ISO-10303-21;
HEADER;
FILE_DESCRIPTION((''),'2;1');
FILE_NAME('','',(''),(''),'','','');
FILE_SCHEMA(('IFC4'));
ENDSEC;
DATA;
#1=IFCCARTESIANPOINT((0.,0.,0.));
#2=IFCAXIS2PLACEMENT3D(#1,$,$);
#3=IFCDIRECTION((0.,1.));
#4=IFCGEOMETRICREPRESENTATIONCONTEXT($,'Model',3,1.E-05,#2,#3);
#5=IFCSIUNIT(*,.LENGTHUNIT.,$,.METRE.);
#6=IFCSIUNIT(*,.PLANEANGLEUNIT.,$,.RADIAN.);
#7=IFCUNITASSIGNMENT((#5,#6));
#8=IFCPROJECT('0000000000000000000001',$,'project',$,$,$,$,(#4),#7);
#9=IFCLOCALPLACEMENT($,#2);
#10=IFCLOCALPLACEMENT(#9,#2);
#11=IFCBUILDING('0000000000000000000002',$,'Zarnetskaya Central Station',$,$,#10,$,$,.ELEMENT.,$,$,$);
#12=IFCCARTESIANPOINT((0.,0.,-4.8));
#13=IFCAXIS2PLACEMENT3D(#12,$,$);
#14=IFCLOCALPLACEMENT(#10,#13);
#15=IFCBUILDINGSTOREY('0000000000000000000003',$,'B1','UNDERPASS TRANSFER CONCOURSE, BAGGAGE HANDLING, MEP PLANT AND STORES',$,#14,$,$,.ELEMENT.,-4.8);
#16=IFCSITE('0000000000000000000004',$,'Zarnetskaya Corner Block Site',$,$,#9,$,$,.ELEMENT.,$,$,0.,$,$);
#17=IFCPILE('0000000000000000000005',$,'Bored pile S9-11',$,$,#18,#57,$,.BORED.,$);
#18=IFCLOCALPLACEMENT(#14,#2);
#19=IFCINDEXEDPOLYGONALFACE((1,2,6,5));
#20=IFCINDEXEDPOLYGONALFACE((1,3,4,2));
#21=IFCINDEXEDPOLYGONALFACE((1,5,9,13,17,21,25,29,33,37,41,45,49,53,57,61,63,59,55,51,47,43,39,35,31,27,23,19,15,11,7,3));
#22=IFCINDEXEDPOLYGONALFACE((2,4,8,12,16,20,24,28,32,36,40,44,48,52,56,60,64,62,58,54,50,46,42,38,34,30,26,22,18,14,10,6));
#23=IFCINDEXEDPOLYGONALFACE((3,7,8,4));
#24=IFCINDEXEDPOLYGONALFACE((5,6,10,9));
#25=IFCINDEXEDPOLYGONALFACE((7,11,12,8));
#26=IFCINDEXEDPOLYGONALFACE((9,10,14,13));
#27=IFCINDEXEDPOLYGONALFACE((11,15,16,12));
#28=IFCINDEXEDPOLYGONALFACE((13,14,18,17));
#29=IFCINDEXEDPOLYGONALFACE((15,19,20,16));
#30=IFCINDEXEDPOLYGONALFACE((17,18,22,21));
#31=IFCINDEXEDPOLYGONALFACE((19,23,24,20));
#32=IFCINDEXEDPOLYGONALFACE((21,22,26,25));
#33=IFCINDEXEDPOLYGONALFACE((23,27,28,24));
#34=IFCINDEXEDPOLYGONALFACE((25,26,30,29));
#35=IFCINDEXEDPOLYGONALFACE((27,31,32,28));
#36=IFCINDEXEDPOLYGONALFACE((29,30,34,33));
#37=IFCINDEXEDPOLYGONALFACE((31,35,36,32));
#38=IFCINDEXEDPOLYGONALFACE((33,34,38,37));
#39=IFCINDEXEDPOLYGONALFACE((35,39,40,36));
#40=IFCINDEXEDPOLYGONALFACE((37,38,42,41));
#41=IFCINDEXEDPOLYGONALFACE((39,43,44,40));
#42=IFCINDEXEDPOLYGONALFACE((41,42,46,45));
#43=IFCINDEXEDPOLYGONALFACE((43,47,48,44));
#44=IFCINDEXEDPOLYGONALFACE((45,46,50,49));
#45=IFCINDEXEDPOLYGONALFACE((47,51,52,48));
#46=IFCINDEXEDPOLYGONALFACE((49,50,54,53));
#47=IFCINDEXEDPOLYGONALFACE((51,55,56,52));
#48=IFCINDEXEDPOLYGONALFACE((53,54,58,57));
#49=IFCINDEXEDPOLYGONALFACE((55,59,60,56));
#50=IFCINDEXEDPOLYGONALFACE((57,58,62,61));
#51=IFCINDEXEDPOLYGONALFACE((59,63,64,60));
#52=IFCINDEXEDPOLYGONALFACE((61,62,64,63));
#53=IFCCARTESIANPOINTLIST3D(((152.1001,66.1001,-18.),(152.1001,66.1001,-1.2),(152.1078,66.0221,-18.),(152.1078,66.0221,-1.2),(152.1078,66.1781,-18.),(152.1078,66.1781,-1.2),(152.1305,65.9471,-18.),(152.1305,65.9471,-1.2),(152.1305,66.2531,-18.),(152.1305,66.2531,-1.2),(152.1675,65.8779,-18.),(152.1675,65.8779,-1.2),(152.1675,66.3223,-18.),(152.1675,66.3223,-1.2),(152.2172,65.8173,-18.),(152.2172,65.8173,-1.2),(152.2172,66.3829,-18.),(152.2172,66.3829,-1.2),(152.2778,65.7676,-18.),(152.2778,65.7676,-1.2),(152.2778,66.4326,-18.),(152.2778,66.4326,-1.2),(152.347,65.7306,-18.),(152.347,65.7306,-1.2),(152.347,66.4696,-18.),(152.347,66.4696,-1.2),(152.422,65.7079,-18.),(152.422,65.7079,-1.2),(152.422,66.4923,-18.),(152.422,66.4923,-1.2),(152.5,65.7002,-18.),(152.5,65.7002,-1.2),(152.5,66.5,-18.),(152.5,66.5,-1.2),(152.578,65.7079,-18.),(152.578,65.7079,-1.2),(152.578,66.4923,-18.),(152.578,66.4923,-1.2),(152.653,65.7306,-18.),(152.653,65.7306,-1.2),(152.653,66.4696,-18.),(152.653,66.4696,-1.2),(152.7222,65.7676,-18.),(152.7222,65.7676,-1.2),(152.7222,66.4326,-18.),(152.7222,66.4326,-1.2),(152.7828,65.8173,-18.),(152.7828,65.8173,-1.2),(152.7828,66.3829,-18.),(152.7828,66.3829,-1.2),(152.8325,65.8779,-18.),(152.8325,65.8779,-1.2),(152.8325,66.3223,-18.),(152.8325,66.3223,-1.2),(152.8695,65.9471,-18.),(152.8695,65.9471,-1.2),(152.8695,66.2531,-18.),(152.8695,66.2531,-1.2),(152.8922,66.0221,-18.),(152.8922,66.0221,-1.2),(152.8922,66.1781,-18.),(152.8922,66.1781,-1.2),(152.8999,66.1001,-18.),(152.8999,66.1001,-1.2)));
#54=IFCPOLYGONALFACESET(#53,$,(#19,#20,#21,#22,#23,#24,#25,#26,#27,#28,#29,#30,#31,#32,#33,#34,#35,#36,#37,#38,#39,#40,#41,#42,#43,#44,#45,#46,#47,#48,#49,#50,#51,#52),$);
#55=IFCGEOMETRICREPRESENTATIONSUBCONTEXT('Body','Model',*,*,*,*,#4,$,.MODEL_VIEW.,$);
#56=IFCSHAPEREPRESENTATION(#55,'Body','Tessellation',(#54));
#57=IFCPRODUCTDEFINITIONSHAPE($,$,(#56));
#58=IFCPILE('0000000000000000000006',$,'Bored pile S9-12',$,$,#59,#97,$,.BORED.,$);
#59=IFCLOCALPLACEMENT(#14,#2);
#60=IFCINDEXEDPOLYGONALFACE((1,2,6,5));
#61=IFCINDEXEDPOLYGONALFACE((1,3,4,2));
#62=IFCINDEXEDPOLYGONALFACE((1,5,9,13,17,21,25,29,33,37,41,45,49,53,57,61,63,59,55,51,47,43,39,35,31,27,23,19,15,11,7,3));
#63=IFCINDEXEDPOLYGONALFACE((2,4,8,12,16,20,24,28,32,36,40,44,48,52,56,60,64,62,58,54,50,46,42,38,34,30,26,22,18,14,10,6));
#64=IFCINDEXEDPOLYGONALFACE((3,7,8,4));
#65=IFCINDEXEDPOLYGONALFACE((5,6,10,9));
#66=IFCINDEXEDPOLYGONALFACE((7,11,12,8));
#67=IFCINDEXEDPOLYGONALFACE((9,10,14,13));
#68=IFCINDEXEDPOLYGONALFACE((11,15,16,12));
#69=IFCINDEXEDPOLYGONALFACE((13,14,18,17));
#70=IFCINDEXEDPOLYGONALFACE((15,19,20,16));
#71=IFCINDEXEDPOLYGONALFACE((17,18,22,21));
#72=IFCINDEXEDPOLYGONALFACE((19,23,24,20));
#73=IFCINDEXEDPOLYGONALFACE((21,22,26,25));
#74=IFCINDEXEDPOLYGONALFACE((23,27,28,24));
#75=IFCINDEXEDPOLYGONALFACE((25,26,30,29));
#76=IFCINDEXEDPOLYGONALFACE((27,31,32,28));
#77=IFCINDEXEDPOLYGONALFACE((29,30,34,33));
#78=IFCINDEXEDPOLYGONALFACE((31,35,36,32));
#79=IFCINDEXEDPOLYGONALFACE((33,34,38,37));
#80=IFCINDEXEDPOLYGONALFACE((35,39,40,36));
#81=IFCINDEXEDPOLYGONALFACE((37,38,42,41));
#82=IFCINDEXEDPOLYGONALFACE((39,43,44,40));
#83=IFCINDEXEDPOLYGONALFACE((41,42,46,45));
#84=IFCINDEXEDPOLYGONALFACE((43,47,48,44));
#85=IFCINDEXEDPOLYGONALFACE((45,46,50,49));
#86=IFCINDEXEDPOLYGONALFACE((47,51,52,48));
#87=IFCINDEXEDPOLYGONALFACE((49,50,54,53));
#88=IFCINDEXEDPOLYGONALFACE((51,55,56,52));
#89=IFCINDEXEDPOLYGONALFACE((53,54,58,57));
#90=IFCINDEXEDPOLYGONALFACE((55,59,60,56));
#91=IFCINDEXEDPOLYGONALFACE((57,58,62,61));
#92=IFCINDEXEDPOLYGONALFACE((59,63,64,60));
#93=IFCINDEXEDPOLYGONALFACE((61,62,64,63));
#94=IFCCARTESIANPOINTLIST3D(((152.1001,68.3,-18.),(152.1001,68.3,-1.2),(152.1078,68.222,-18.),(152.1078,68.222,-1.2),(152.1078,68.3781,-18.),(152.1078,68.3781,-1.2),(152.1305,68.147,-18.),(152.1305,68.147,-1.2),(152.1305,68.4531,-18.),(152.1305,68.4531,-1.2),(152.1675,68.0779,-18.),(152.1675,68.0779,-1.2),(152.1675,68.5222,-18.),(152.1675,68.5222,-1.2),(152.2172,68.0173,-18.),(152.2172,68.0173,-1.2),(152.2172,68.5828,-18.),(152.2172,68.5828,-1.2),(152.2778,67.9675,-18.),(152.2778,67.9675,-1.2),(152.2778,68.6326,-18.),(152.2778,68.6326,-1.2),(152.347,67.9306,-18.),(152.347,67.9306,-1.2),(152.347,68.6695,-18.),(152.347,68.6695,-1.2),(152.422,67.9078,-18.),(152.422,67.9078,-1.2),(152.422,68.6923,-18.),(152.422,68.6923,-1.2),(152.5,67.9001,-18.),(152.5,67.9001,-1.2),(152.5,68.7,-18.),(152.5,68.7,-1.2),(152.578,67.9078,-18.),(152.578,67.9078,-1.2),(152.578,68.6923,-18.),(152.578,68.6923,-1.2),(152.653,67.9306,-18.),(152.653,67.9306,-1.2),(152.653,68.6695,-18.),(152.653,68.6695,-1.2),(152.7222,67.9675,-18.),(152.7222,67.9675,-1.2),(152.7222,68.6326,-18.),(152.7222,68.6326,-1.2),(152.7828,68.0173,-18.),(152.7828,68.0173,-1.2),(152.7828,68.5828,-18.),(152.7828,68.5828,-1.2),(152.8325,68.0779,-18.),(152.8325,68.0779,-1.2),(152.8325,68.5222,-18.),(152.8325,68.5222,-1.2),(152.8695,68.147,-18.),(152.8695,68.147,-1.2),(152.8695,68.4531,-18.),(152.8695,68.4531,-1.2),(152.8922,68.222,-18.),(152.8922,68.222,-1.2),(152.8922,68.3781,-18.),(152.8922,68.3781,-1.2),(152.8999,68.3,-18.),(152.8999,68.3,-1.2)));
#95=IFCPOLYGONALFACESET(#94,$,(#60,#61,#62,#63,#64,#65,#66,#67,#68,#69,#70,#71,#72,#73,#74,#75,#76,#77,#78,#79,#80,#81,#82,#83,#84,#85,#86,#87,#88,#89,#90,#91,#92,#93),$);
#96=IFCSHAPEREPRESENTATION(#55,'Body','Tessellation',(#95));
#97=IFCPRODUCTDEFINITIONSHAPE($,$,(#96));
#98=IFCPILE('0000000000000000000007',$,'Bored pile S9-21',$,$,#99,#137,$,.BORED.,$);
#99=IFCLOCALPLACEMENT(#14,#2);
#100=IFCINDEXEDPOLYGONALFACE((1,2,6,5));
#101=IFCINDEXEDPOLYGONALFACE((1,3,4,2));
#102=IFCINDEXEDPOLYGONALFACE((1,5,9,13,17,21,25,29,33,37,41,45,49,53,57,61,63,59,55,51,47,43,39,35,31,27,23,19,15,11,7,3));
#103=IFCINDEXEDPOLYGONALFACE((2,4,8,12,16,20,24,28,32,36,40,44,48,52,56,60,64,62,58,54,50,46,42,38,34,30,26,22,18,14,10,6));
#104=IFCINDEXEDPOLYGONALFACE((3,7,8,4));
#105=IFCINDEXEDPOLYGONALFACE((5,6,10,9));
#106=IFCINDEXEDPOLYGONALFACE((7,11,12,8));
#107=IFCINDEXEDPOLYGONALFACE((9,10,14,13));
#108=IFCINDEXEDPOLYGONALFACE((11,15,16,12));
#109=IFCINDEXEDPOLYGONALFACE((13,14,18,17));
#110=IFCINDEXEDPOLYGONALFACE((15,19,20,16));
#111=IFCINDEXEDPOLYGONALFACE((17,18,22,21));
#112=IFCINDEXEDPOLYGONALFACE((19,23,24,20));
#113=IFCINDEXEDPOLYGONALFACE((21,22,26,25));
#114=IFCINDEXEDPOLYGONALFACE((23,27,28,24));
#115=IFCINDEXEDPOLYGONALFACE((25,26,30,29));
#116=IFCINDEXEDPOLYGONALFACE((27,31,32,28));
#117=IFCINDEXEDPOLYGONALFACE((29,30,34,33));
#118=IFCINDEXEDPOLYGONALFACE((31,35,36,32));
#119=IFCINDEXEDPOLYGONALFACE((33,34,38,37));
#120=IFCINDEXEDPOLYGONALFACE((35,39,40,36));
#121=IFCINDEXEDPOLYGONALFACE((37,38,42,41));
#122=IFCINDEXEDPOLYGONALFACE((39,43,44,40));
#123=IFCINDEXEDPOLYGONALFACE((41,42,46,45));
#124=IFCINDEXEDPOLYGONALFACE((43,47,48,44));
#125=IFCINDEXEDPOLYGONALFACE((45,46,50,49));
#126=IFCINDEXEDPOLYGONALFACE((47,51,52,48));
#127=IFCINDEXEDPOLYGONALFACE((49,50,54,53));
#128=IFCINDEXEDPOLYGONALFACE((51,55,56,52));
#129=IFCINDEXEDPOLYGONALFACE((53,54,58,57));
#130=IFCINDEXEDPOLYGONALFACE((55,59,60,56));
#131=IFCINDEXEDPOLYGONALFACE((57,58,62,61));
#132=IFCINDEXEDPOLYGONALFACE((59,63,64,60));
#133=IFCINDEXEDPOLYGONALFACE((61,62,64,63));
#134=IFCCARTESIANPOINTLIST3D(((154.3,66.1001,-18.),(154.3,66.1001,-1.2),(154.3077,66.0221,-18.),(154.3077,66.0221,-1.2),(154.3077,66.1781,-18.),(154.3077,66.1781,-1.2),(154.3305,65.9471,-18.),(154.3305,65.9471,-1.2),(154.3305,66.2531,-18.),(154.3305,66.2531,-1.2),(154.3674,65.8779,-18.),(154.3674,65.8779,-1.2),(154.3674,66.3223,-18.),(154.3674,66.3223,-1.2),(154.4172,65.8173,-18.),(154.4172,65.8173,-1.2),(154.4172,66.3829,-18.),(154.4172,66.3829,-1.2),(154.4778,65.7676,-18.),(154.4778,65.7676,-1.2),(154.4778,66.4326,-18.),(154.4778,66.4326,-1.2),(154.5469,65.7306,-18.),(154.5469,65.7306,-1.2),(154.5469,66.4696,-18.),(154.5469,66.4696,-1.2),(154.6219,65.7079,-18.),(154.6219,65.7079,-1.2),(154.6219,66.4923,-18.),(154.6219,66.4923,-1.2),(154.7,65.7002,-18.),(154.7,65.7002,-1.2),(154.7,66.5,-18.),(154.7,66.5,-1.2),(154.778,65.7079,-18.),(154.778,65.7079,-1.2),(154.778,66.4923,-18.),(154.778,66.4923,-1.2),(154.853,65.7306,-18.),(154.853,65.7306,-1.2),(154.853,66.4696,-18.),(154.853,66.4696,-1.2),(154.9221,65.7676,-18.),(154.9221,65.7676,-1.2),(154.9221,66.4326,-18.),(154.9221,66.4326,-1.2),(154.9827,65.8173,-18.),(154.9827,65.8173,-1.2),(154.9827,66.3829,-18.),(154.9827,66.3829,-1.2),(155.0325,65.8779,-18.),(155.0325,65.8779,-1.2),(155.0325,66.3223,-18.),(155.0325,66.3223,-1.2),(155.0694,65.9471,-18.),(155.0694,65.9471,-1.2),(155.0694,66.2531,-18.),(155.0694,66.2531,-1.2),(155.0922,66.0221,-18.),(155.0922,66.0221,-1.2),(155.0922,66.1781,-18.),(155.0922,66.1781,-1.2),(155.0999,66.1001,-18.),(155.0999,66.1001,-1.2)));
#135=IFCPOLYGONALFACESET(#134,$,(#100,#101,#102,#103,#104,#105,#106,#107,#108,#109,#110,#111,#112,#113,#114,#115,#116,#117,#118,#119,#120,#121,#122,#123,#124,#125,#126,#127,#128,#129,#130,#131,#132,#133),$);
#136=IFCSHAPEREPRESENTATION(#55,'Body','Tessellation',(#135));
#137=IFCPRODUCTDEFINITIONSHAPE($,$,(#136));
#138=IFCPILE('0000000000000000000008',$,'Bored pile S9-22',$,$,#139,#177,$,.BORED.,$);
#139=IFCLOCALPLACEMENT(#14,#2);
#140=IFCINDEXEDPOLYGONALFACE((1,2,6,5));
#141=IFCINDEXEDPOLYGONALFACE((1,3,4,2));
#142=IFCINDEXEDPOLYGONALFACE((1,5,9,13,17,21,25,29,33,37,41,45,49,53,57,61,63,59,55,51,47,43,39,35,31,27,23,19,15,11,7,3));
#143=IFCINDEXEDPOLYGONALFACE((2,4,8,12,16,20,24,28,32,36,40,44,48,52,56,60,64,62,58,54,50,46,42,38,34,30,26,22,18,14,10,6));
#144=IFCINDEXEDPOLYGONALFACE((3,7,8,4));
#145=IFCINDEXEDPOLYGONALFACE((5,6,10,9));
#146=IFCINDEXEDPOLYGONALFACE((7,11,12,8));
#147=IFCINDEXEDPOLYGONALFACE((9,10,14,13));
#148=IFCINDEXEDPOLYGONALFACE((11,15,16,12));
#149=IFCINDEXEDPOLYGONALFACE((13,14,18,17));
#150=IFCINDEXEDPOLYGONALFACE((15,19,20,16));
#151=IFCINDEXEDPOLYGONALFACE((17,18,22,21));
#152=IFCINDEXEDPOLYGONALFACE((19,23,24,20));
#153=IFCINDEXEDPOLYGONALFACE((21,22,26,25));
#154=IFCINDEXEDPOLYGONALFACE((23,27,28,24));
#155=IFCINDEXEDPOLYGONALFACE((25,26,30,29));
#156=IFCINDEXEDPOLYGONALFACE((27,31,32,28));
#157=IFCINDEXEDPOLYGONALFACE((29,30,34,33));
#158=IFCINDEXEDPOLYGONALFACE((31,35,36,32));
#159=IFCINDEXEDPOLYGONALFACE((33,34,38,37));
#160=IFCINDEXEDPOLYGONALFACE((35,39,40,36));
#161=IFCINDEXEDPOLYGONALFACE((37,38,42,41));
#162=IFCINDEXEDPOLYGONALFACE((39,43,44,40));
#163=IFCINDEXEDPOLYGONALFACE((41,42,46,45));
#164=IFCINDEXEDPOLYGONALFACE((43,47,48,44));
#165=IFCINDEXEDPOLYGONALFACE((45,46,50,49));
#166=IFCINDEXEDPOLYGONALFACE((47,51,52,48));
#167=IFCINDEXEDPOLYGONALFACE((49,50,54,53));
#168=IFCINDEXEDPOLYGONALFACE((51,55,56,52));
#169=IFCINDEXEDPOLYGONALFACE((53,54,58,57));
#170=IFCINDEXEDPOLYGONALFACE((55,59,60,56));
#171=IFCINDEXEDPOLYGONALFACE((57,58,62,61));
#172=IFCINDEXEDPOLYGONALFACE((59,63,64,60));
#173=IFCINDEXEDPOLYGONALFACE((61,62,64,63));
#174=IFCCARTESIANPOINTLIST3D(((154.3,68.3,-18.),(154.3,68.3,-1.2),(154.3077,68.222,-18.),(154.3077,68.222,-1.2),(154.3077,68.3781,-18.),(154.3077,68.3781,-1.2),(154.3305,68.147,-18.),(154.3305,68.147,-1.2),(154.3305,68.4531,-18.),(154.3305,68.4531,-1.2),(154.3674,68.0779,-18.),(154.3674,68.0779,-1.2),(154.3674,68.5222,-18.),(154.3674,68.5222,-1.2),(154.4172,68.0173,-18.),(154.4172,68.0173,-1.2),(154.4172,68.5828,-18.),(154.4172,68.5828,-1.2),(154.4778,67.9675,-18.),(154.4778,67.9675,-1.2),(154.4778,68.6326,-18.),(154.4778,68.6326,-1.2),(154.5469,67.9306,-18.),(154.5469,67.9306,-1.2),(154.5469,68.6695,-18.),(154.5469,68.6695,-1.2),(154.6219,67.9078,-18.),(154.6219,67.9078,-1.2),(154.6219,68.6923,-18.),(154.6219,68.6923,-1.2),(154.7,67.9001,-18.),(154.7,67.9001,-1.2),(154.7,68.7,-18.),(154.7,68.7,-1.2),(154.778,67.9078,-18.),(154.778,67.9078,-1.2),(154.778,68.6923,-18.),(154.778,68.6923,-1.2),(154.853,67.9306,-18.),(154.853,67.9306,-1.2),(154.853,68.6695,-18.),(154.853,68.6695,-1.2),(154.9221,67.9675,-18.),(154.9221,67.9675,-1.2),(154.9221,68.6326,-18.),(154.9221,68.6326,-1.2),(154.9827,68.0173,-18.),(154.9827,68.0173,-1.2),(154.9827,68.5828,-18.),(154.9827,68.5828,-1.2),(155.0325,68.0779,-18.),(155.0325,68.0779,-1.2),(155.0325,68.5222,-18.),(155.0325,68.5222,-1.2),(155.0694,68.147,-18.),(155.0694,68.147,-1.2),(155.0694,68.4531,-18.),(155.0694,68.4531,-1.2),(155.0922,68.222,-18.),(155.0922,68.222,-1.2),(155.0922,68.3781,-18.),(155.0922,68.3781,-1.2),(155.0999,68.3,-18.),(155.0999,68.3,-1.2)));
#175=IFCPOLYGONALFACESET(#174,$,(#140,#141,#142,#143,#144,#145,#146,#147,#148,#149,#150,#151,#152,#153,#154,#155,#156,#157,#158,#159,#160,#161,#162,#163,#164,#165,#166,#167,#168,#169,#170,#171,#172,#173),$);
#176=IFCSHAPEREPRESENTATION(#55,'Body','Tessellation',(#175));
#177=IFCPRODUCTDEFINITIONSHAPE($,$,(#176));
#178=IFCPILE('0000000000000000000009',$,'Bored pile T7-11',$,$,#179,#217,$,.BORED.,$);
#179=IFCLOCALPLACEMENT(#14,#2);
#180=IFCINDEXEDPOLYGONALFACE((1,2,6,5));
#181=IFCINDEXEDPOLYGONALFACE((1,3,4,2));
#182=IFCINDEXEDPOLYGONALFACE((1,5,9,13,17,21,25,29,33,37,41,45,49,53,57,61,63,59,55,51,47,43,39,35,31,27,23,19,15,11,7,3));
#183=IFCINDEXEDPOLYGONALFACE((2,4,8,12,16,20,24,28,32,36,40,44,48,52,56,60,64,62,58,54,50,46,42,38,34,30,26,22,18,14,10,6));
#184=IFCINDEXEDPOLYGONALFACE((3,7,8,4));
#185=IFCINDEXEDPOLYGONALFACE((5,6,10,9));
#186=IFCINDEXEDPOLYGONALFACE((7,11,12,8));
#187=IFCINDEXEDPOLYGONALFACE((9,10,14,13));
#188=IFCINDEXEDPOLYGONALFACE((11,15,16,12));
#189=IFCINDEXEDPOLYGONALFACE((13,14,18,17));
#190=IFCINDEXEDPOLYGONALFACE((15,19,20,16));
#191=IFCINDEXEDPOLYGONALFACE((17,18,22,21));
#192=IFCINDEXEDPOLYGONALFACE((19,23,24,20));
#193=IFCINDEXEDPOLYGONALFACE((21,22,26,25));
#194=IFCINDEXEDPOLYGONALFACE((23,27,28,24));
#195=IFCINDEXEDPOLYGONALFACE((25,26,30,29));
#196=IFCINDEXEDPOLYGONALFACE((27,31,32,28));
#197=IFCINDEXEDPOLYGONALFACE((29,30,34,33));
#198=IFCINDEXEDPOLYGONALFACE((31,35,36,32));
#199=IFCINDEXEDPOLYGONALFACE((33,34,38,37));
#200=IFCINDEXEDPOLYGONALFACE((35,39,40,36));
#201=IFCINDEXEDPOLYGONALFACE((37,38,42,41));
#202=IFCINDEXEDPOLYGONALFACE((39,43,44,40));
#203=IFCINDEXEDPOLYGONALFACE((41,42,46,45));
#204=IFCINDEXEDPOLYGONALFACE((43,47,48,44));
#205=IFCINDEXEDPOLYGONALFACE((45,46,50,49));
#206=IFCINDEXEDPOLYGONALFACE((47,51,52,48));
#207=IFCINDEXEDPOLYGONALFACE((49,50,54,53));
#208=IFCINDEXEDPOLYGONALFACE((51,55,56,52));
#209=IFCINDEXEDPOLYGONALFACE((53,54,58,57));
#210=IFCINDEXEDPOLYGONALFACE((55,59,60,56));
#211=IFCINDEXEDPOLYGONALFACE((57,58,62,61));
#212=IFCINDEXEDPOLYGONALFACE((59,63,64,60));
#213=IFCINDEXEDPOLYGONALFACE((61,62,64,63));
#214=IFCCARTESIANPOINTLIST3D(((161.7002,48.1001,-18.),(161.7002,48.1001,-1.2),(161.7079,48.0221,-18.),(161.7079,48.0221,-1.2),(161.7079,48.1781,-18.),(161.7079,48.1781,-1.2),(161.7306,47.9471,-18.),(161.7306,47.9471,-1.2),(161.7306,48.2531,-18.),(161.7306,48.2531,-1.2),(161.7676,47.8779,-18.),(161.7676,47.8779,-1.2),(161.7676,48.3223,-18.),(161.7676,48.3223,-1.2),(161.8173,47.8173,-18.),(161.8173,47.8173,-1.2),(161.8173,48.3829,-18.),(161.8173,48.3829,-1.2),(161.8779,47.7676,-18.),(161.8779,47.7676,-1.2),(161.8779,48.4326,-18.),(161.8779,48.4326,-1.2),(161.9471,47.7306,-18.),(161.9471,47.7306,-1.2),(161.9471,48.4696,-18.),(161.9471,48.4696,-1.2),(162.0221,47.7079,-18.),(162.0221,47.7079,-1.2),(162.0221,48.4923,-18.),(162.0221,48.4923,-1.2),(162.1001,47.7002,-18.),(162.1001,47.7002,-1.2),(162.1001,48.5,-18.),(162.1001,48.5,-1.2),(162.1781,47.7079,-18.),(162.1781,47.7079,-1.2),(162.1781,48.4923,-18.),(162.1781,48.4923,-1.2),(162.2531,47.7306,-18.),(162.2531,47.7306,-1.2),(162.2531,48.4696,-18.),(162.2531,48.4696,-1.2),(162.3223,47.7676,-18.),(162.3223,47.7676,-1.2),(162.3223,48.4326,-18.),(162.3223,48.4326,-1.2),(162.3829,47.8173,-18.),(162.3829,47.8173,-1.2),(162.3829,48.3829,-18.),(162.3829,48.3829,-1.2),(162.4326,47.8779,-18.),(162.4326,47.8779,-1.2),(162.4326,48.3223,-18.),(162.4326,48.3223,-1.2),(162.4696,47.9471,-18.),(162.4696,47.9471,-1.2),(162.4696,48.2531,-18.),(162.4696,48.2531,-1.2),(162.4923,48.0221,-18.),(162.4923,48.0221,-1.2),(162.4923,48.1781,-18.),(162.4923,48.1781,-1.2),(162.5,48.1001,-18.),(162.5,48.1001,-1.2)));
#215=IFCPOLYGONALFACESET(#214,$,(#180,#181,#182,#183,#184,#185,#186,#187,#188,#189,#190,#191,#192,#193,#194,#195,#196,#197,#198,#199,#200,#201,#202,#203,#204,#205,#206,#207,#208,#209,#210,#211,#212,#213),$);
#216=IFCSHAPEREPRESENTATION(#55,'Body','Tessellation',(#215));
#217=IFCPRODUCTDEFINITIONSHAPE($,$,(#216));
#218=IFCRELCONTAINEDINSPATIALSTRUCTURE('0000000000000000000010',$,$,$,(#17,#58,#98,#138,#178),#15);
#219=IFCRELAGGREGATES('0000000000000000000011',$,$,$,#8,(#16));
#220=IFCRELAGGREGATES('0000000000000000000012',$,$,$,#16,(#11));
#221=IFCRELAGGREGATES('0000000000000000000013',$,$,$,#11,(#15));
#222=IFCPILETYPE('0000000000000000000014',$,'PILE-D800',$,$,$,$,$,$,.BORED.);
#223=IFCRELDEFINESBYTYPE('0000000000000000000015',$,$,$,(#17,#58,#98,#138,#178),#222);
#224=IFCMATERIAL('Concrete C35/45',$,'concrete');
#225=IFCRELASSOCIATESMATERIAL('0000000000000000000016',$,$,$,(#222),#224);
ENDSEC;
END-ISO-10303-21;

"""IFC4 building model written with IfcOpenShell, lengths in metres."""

from ifc_helpers import new_model, si_unit, direction, frame, origin, origin_2d, place, context, subcontext, project, spatial, circle, extrude, material, material_profile, profile_set, type_object, element, save


model = new_model("IFC4")

# Units and contexts
model_context = context("Model", 3, precision=1e-05, world=origin(), true_north=direction((0.0, 1.0)))
body_context = subcontext(model_context, "Body", "Model", "MODEL_VIEW")
ifc_project = project(units=[si_unit("LENGTHUNIT", "METRE"), si_unit("PLANEANGLEUNIT", "RADIAN")], contexts=[model_context])

# Site, building, storey
site_placement = place(None, origin())
site = spatial("IfcSite", under=ifc_project, at=site_placement, Name="Zarnetskaya Corner Block Site", CompositionType="ELEMENT", RefElevation=0.0)
building_placement = place(site_placement, origin())
building = spatial("IfcBuilding", under=site, at=building_placement, Name="Zarnetskaya Central Station", CompositionType="ELEMENT")
storey_placement = place(building_placement, frame((0.0, 0.0, -4.8)))
storey = spatial("IfcBuildingStorey", under=building, at=storey_placement, Name="B1", Description="UNDERPASS TRANSFER CONCOURSE, BAGGAGE HANDLING, MEP PLANT AND STORES", CompositionType="ELEMENT", Elevation=-4.8)

# Shared definitions
ifc_material = material(Name="Concrete C35/45", Category="concrete")

# Piles
ifc_material_profile_1 = material_profile(ifc_material, circle(Radius=0.3999, at=origin_2d()), Name="BORED PILE D800")
ifc_profile_set_1 = profile_set([ifc_material_profile_1], Name="Concrete C35/45")
pile_type_1 = type_object("IfcPileType", Name="PILE-D800", PredefinedType="BORED", material=ifc_profile_set_1)
for number, where, z_axis, x_axis, name in (
    (1, (152.5, 66.1001, -1.2), (0.0, 0.0, -1.0), (1.0, 0.0, 0.0), "Bored pile S9-11"),
    (2, (152.5, 68.3, -1.2), (0.0, 0.0, -1.0), (1.0, 0.0, 0.0), "Bored pile S9-12"),
    (3, (154.7, 66.1001, -1.2), (0.0, 0.0, -1.0), (1.0, 0.0, 0.0), "Bored pile S9-21"),
    (4, (154.7, 68.3, -1.2), (0.0, 0.0, -1.0), (1.0, 0.0, 0.0), "Bored pile S9-22"),
    (5, (162.1001, 48.1001, -1.2), (0.0, 0.0, -1.0), (1.0, 0.0, 0.0), "Bored pile T7-11"),
):
    element("IfcPile", number, at=place(storey_placement, frame(where, z_axis=z_axis, x_axis=x_axis)), inside=storey, type_object=pile_type_1, Name=name, PredefinedType="BORED", context=body_context, shape_type="SweptSolid", body=[
        extrude(circle(Radius=0.3999, at=origin_2d()), origin(), (0.0, 0.0, 1.0), 16.8),
    ])

save(model, "model.ifc")
